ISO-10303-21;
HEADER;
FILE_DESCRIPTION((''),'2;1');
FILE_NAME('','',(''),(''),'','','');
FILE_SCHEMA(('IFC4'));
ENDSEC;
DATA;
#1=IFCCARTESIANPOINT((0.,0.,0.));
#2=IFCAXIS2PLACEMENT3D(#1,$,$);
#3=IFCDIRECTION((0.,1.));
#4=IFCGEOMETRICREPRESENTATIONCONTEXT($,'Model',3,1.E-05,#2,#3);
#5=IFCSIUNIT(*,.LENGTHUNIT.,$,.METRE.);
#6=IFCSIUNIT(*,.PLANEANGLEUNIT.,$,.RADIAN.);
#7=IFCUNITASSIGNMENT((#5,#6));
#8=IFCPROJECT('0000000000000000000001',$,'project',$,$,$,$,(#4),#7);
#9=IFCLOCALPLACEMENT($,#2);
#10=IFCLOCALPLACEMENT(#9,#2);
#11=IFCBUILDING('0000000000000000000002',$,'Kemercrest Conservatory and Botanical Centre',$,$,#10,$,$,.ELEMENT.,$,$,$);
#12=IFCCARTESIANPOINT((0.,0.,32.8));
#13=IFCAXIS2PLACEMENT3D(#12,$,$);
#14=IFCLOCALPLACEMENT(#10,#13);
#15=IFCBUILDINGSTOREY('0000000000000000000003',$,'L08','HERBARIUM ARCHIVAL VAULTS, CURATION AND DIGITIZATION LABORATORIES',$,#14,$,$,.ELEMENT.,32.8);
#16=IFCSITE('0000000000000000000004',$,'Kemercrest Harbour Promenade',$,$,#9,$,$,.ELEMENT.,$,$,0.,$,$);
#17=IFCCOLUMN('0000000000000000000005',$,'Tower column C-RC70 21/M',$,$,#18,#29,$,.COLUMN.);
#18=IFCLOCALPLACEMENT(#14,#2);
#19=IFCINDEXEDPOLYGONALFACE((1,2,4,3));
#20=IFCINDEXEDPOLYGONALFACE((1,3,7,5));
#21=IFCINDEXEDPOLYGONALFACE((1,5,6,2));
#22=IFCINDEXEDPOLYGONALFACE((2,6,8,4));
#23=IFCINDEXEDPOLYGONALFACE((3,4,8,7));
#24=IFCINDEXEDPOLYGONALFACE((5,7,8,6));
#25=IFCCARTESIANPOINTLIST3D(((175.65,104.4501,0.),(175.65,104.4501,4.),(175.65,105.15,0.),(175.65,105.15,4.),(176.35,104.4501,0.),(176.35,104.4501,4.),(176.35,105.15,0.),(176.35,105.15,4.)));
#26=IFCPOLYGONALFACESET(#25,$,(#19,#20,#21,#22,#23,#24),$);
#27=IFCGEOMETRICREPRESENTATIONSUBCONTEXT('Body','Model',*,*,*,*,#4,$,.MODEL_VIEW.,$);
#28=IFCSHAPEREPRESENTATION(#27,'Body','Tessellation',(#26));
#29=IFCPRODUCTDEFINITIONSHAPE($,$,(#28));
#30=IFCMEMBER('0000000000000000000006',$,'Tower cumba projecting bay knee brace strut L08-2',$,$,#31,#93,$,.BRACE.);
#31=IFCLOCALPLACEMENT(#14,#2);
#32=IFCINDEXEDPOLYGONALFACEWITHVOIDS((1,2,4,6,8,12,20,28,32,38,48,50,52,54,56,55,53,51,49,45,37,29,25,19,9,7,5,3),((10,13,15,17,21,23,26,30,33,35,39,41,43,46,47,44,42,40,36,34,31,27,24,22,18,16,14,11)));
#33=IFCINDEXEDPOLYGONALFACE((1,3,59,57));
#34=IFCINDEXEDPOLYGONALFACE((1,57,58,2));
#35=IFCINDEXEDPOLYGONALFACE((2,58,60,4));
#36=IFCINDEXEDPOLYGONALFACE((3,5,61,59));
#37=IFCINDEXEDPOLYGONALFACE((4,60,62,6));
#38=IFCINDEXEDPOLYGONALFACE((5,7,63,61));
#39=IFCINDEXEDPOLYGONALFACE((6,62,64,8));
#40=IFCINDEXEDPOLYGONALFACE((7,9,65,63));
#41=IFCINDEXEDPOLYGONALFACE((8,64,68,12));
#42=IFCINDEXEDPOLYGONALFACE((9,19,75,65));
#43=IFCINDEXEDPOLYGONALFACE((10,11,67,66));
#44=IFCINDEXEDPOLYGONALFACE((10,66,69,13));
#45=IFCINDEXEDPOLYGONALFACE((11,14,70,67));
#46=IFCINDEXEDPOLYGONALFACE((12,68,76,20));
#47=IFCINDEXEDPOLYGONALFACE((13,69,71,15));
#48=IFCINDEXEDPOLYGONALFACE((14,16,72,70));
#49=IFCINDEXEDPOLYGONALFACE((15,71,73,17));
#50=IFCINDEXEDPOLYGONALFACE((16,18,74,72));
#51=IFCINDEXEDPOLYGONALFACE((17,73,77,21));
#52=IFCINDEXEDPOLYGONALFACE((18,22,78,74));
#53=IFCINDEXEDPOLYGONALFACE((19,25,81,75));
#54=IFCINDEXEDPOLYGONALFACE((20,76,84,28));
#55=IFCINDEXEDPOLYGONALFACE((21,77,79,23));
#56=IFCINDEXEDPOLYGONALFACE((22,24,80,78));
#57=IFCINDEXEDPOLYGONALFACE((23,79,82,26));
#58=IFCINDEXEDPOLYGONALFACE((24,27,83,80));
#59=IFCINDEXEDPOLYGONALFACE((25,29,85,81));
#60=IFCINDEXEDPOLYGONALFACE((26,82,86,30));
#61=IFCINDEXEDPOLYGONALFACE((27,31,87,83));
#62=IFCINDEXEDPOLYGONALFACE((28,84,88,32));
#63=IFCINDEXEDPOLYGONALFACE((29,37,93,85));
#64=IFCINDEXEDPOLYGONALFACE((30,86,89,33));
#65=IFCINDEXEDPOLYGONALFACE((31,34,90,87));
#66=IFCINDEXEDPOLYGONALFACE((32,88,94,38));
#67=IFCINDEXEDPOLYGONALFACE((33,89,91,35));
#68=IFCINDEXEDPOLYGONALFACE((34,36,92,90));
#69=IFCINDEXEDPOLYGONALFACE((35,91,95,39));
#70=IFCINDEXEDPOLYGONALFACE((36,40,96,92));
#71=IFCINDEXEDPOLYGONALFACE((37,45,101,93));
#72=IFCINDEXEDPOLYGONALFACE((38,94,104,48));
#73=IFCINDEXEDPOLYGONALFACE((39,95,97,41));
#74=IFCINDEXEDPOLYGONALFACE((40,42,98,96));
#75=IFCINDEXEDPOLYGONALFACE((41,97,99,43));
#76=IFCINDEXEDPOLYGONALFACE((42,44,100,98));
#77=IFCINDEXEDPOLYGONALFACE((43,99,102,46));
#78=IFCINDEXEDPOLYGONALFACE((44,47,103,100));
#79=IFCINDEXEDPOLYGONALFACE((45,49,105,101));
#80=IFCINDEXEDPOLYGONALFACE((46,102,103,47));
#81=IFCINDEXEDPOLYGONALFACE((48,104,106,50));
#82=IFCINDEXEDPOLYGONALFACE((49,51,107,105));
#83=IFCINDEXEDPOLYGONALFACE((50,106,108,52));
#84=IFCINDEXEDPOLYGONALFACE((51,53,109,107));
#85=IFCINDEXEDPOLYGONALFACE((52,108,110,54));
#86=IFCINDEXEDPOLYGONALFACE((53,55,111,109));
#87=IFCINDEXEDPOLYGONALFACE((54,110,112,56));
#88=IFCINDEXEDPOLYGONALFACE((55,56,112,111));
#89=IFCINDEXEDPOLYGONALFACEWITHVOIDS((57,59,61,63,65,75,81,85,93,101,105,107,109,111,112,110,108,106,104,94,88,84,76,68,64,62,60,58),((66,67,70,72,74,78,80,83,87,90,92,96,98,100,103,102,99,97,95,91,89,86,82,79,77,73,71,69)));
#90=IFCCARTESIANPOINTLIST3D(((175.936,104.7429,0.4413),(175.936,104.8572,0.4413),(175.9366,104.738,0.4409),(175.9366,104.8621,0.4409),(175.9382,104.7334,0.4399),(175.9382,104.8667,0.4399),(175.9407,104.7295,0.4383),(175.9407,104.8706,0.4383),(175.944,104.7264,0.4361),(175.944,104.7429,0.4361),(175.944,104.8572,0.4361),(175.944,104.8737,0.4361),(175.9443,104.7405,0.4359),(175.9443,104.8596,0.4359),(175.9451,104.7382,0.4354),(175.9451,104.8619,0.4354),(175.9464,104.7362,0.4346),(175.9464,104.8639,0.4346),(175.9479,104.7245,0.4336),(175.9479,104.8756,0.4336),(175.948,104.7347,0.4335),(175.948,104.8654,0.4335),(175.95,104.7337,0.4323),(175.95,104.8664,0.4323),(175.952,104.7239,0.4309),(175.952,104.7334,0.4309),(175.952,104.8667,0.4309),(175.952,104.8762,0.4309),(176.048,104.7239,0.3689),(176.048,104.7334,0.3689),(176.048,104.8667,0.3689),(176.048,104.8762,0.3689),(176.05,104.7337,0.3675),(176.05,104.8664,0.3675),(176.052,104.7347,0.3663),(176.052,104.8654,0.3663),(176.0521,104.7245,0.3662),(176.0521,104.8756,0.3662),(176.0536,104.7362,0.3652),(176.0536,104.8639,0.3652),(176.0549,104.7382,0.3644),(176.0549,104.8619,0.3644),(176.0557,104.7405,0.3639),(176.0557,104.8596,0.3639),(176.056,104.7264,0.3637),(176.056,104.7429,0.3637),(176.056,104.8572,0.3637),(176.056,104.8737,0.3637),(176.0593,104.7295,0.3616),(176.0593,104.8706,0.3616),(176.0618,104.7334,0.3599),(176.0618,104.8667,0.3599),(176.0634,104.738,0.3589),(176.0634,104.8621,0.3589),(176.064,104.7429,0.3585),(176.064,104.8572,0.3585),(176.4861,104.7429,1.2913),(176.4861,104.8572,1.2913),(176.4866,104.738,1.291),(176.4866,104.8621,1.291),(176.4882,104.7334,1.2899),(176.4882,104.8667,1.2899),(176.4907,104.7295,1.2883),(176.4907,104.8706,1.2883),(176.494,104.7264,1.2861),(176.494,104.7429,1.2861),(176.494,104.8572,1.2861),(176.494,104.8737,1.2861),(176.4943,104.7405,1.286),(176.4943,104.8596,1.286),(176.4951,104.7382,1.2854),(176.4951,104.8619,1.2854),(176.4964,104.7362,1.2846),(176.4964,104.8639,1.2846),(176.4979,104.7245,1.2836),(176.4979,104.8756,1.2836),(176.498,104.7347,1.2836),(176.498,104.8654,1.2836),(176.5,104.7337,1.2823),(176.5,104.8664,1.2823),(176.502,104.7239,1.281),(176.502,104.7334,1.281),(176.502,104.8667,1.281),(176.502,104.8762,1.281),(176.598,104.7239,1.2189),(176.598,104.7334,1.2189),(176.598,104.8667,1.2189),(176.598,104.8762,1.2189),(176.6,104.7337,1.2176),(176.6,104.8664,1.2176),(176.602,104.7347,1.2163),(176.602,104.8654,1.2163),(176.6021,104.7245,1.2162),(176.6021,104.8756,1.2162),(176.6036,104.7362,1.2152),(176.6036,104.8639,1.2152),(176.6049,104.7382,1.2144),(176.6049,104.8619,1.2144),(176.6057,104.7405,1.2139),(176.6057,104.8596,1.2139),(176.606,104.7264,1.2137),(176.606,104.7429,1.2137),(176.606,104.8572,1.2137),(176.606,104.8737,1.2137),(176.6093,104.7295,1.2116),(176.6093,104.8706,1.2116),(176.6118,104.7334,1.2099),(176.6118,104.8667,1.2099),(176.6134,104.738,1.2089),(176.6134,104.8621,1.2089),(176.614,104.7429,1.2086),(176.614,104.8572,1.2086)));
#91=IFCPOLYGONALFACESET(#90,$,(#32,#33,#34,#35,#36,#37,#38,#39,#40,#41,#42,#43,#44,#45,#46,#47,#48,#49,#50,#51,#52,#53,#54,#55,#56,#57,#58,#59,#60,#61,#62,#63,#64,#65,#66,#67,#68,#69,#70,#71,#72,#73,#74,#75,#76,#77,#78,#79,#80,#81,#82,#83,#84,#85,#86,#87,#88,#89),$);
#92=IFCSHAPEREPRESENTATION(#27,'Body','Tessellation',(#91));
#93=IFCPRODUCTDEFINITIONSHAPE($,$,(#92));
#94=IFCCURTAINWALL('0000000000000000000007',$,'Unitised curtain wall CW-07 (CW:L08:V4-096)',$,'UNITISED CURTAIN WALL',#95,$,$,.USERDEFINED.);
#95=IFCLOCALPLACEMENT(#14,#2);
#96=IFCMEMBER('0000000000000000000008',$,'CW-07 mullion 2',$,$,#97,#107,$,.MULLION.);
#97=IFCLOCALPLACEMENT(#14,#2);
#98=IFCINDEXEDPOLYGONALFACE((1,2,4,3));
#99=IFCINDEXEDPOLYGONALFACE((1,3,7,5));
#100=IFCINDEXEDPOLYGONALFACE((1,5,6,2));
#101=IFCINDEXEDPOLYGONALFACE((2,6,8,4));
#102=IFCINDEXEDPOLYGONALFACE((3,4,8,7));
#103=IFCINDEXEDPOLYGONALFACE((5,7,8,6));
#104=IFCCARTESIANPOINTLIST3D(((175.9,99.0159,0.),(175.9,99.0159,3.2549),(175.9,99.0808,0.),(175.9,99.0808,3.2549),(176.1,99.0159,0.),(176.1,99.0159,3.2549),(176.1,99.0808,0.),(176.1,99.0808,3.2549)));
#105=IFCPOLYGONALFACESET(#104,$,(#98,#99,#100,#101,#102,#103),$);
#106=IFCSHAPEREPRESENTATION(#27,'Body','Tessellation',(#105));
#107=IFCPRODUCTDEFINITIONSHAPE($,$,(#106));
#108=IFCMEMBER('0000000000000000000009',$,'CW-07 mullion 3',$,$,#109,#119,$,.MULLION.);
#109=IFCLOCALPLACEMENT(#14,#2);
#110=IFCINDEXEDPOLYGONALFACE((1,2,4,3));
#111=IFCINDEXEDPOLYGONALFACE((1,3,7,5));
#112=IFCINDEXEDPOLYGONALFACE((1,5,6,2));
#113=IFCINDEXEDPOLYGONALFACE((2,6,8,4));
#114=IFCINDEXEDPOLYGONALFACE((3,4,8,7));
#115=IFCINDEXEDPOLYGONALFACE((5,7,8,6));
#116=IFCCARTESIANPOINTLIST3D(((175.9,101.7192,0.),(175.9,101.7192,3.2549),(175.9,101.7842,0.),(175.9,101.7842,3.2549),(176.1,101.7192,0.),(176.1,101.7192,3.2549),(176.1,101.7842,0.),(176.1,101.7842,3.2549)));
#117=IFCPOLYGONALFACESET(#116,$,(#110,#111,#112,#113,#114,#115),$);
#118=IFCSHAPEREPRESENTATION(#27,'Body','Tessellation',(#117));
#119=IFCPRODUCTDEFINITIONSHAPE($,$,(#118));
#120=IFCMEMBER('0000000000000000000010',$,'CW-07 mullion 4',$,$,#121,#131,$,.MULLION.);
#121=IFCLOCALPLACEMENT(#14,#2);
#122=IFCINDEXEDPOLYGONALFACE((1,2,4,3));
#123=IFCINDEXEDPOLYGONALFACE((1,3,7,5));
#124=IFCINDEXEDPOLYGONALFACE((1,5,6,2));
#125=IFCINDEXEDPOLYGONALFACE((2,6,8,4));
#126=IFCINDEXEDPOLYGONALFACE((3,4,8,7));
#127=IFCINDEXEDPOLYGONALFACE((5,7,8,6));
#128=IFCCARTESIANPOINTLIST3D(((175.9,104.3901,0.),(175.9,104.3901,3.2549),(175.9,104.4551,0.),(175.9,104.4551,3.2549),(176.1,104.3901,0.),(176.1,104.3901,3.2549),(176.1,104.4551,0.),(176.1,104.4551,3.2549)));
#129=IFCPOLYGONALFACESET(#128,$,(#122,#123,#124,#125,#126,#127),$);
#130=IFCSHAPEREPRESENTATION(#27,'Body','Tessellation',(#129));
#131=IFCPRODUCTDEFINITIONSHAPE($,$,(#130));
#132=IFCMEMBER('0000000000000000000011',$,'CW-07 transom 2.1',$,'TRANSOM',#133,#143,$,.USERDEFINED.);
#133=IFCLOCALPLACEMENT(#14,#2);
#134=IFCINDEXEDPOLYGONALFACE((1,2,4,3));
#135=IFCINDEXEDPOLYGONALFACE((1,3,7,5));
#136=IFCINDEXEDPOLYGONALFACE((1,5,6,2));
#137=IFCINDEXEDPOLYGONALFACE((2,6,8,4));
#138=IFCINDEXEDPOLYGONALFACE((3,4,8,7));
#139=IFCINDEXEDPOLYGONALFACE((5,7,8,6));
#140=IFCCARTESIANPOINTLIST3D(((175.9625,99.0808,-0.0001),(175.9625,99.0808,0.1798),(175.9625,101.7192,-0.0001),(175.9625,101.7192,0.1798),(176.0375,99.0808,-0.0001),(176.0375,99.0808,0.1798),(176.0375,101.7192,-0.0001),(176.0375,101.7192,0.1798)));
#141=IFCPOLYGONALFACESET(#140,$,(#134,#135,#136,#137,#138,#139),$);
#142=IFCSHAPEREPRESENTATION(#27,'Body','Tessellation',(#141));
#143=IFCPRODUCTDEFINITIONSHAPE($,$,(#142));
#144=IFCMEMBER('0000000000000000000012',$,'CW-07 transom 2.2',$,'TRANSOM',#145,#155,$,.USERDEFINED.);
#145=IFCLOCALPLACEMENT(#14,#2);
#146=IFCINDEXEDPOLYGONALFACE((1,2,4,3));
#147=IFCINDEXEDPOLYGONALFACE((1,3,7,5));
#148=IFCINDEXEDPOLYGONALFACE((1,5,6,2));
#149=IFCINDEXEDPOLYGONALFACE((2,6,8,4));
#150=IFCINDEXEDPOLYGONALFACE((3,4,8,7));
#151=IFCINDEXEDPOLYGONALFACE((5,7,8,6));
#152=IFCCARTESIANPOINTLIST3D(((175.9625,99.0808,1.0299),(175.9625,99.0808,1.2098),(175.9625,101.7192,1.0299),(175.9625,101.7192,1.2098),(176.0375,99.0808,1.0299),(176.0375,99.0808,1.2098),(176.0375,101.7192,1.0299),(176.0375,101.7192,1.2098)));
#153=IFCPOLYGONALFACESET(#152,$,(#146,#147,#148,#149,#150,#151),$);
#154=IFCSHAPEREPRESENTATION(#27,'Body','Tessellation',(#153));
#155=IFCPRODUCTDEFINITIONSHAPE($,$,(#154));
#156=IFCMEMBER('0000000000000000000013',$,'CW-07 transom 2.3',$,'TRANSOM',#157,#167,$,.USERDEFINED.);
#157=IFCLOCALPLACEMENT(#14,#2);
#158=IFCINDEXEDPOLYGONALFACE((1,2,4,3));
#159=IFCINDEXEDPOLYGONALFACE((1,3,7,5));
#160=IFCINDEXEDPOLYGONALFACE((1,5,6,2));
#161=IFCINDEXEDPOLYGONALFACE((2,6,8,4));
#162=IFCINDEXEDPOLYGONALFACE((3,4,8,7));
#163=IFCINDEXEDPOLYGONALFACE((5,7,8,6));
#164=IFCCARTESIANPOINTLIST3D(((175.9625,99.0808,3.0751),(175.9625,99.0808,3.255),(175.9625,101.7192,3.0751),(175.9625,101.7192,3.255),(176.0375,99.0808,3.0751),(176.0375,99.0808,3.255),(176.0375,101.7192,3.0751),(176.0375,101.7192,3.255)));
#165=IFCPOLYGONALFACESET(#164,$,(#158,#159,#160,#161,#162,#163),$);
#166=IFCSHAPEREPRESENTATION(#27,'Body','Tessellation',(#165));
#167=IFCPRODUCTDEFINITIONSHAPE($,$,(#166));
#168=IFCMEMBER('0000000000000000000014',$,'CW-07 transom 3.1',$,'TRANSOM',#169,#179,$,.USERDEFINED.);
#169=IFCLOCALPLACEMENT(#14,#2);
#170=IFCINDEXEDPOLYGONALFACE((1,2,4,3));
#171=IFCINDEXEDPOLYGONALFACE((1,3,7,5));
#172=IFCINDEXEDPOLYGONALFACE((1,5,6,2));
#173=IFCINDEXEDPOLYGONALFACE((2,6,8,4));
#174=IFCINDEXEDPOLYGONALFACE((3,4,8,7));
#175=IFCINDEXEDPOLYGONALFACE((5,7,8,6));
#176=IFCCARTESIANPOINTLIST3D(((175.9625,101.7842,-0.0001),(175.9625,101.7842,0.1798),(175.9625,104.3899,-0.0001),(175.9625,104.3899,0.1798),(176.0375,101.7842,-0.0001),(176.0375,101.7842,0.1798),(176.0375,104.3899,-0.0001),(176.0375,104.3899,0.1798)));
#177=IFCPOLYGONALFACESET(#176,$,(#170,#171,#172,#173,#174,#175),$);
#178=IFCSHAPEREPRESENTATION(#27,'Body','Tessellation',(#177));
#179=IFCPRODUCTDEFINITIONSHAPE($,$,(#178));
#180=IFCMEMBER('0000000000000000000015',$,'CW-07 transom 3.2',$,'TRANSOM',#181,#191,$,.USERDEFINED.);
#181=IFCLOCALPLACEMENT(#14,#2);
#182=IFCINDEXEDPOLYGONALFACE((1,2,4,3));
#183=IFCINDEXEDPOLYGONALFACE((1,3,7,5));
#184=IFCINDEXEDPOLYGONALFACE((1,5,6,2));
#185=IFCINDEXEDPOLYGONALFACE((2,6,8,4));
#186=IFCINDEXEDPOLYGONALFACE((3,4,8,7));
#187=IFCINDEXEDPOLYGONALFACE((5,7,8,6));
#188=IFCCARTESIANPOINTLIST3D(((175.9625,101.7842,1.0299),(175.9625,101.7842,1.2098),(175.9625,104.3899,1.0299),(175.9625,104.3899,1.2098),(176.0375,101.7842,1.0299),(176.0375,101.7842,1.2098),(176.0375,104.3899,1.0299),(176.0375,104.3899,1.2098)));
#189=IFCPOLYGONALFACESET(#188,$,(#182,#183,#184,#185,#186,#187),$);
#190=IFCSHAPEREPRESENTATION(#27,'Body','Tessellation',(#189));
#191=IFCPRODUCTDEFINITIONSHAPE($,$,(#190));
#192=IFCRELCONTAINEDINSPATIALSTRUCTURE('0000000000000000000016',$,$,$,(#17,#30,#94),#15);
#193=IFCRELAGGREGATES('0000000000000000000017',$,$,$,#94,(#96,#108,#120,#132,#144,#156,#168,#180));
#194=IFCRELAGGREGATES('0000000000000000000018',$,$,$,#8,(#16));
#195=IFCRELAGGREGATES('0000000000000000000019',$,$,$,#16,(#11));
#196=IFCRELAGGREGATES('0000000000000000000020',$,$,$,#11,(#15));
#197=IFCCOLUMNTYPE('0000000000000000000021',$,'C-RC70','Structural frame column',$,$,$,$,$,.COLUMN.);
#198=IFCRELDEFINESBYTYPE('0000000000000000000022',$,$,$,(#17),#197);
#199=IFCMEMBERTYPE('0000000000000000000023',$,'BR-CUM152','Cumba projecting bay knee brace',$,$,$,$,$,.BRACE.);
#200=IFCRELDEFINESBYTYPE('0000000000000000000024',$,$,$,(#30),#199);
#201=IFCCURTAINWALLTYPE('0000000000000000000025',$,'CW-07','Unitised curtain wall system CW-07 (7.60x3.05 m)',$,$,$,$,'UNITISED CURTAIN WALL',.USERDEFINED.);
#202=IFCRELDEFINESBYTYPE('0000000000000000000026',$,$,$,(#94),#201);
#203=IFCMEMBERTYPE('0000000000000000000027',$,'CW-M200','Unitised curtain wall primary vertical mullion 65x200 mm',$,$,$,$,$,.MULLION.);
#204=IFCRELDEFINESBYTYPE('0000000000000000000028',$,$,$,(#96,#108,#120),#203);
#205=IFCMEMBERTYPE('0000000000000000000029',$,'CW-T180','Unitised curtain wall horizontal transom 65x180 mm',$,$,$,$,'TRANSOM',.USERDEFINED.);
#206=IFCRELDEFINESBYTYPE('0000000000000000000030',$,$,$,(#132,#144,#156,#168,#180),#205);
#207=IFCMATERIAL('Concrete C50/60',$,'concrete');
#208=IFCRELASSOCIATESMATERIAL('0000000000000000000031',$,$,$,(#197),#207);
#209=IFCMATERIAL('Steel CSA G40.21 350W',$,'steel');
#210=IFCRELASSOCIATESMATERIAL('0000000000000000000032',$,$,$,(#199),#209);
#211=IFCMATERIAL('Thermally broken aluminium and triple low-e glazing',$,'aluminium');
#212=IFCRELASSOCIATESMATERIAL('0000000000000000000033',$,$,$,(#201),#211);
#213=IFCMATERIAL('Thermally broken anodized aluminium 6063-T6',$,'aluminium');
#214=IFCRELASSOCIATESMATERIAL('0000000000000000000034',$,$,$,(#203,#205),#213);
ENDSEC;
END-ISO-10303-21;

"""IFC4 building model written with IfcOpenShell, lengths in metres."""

from ifc_helpers import new_model, si_unit, direction, frame, origin, origin_2d, place, context, subcontext, project, spatial, rectangle, hollow_rectangle, extrude, material, material_profile, profile_set, type_object, element, aggregate, save


model = new_model("IFC4")

# Units and contexts
model_context = context("Model", 3, precision=1e-05, world=origin(), true_north=direction((0.0, 1.0)))
body_context = subcontext(model_context, "Body", "Model", "MODEL_VIEW")
ifc_project = project(units=[si_unit("LENGTHUNIT", "METRE"), si_unit("PLANEANGLEUNIT", "RADIAN")], contexts=[model_context])

# Site, building, storey
site_placement = place(None, origin())
site = spatial("IfcSite", under=ifc_project, at=site_placement, Name="Kemercrest Harbour Promenade", CompositionType="ELEMENT", RefElevation=0.0)
building_placement = place(site_placement, origin())
building = spatial("IfcBuilding", under=site, at=building_placement, Name="Kemercrest Conservatory and Botanical Centre", CompositionType="ELEMENT")
storey_placement = place(building_placement, frame((0.0, 0.0, 32.8)))
storey = spatial("IfcBuildingStorey", under=building, at=storey_placement, Name="L08", Description="HERBARIUM ARCHIVAL VAULTS, CURATION AND DIGITIZATION LABORATORIES", CompositionType="ELEMENT", Elevation=32.8)

# Column
ifc_material_1 = material(Name="Concrete C50/60", Category="concrete")
ifc_material_profile_1 = material_profile(ifc_material_1, rectangle(XDim=0.7, YDim=0.7, at=origin_2d()), Name="RC 700x700")
ifc_profile_set_1 = profile_set([ifc_material_profile_1], Name="Concrete C50/60")
column_type = type_object("IfcColumnType", Name="C-RC70", Description="Structural frame column", PredefinedType="COLUMN", material=ifc_profile_set_1)
column_placement = place(storey_placement, frame((176.0, 104.8, 0.0), z_axis=(0.0, 0.0, 1.0), x_axis=(1.0, 0.0, 0.0)))
element("IfcColumn", 1, at=column_placement, inside=storey, type_object=column_type, Name="Tower column C-RC70 21/M", PredefinedType="COLUMN", context=body_context, shape_type="SweptSolid", body=[
    extrude(rectangle(XDim=0.7, YDim=0.7, at=origin_2d()), origin(), (0.0, 0.0, 1.0), 4.0),
])

# Member
ifc_material_2 = material(Name="Steel CSA G40.21 350W", Category="steel")
ifc_material_profile_2 = material_profile(ifc_material_2, hollow_rectangle(XDim=0.1523, YDim=0.1523, WallThickness=0.0095, InnerFilletRadius=0.0095, OuterFilletRadius=0.019, at=origin_2d()), Name="HSS 152x152x9.5")
ifc_profile_set_2 = profile_set([ifc_material_profile_2], Name="Steel CSA G40.21 350W")
member_type_1 = type_object("IfcMemberType", Name="BR-CUM152", Description="Cumba projecting bay knee brace", PredefinedType="BRACE", material=ifc_profile_set_2)
member_1_placement = place(storey_placement, frame((176.0, 104.8, 0.3999), z_axis=(0.543241, 0.0, 0.839577), x_axis=(0.0, 1.0, 0.0)))
element("IfcMember", 2, at=member_1_placement, inside=storey, type_object=member_type_1, Name="Tower cumba projecting bay knee brace strut L08-2", PredefinedType="BRACE", context=body_context, shape_type="SweptSolid", body=[
    extrude(hollow_rectangle(XDim=0.1523, YDim=0.1523, WallThickness=0.0095, InnerFilletRadius=0.0095, OuterFilletRadius=0.019, at=origin_2d()), origin(), (0.0, 0.0, 1.0), 1.0125),
])

# Curtain wall, members
ifc_material_3 = material(Name="Thermally broken aluminium and triple low-e glazing", Category="aluminium")
curtain_wall_type = type_object("IfcCurtainWallType", Name="CW-07", Description="Unitised curtain wall system CW-07 (7.60x3.05 m)", ElementType="UNITISED CURTAIN WALL", PredefinedType="USERDEFINED", material=ifc_material_3)
curtain_wall_placement = place(storey_placement, origin())
curtain_wall = element("IfcCurtainWall", 3, at=curtain_wall_placement, inside=storey, type_object=curtain_wall_type, Name="Unitised curtain wall CW-07 (CW:L08:V4-096)", ObjectType="UNITISED CURTAIN WALL", PredefinedType="USERDEFINED")
ifc_material_4 = material(Name="Thermally broken anodized aluminium 6063-T6", Category="aluminium")
ifc_material_profile_3 = material_profile(ifc_material_4, rectangle(XDim=0.2, YDim=0.0649, at=origin_2d()), Name="AL MULLION 65x200")
ifc_profile_set_3 = profile_set([ifc_material_profile_3], Name="Thermally broken anodized aluminium 6063-T6")
member_type_2 = type_object("IfcMemberType", Name="CW-M200", Description="Unitised curtain wall primary vertical mullion 65x200 mm", PredefinedType="MULLION", material=ifc_profile_set_3)
member_2_placement = place(storey_placement, frame((176.0, 99.0483, 0.0), z_axis=(0.0, 0.0, 1.0), x_axis=(-1.0, 0.0, 0.0)))
member_2 = element("IfcMember", 4, at=member_2_placement, type_object=member_type_2, Name="CW-07 mullion 2", PredefinedType="MULLION", context=body_context, shape_type="SweptSolid", body=[
    extrude(rectangle(XDim=0.2, YDim=0.0649, at=origin_2d()), origin(), (0.0, 0.0, 1.0), 3.2549),
])
member_3_placement = place(storey_placement, frame((176.0, 101.7517, 0.0), z_axis=(0.0, 0.0, 1.0), x_axis=(-1.0, 0.0, 0.0)))
member_3 = element("IfcMember", 5, at=member_3_placement, type_object=member_type_2, Name="CW-07 mullion 3", PredefinedType="MULLION", context=body_context, shape_type="SweptSolid", body=[
    extrude(rectangle(XDim=0.2, YDim=0.0649, at=origin_2d()), origin(), (0.0, 0.0, 1.0), 3.2549),
])
member_4_placement = place(storey_placement, frame((176.0, 104.4226, 0.0), z_axis=(0.0, 0.0, 1.0), x_axis=(-1.0, 0.0, 0.0)))
member_4 = element("IfcMember", 6, at=member_4_placement, type_object=member_type_2, Name="CW-07 mullion 4", PredefinedType="MULLION", context=body_context, shape_type="SweptSolid", body=[
    extrude(rectangle(XDim=0.2, YDim=0.0649, at=origin_2d()), origin(), (0.0, 0.0, 1.0), 3.2549),
])
ifc_material_profile_4 = material_profile(ifc_material_4, rectangle(XDim=0.075, YDim=0.1799, at=origin_2d()), Name="AL TRANSOM 75x180")
ifc_profile_set_4 = profile_set([ifc_material_profile_4], Name="Thermally broken anodized aluminium 6063-T6")
member_type_3 = type_object("IfcMemberType", Name="CW-T180", Description="Unitised curtain wall horizontal transom 65x180 mm", ElementType="TRANSOM", PredefinedType="USERDEFINED", material=ifc_profile_set_4)
member_5_placement = place(storey_placement, frame((176.0, 99.0808, 0.0898), z_axis=(0.0, 1.0, 0.0), x_axis=(-1.0, 0.0, 0.0)))
member_5 = element("IfcMember", 7, at=member_5_placement, type_object=member_type_3, Name="CW-07 transom 2.1", ObjectType="TRANSOM", PredefinedType="USERDEFINED", context=body_context, shape_type="SweptSolid", body=[
    extrude(rectangle(XDim=0.075, YDim=0.1799, at=origin_2d()), origin(), (0.0, 0.0, 1.0), 2.6384),
])
member_6_placement = place(storey_placement, frame((176.0, 99.0808, 1.1199), z_axis=(0.0, 1.0, 0.0), x_axis=(-1.0, 0.0, 0.0)))
member_6 = element("IfcMember", 8, at=member_6_placement, type_object=member_type_3, Name="CW-07 transom 2.2", ObjectType="TRANSOM", PredefinedType="USERDEFINED", context=body_context, shape_type="SweptSolid", body=[
    extrude(rectangle(XDim=0.075, YDim=0.1799, at=origin_2d()), origin(), (0.0, 0.0, 1.0), 2.6384),
])
member_7_placement = place(storey_placement, frame((176.0, 99.0808, 3.165), z_axis=(0.0, 1.0, 0.0), x_axis=(-1.0, 0.0, 0.0)))
member_7 = element("IfcMember", 9, at=member_7_placement, type_object=member_type_3, Name="CW-07 transom 2.3", ObjectType="TRANSOM", PredefinedType="USERDEFINED", context=body_context, shape_type="SweptSolid", body=[
    extrude(rectangle(XDim=0.075, YDim=0.1799, at=origin_2d()), origin(), (0.0, 0.0, 1.0), 2.6384),
])
member_8_placement = place(storey_placement, frame((176.0, 101.7842, 0.0898), z_axis=(0.0, 1.0, 0.0), x_axis=(-1.0, 0.0, 0.0)))
member_8 = element("IfcMember", 10, at=member_8_placement, type_object=member_type_3, Name="CW-07 transom 3.1", ObjectType="TRANSOM", PredefinedType="USERDEFINED", context=body_context, shape_type="SweptSolid", body=[
    extrude(rectangle(XDim=0.075, YDim=0.1799, at=origin_2d()), origin(), (0.0, 0.0, 1.0), 2.6057),
])
member_9_placement = place(storey_placement, frame((176.0, 101.7842, 1.1199), z_axis=(0.0, 1.0, 0.0), x_axis=(-1.0, 0.0, 0.0)))
member_9 = element("IfcMember", 11, at=member_9_placement, type_object=member_type_3, Name="CW-07 transom 3.2", ObjectType="TRANSOM", PredefinedType="USERDEFINED", context=body_context, shape_type="SweptSolid", body=[
    extrude(rectangle(XDim=0.075, YDim=0.1799, at=origin_2d()), origin(), (0.0, 0.0, 1.0), 2.6057),
])

aggregate(curtain_wall, [member_2, member_3, member_4, member_5, member_6, member_7, member_8, member_9])

save(model, "model.ifc")
